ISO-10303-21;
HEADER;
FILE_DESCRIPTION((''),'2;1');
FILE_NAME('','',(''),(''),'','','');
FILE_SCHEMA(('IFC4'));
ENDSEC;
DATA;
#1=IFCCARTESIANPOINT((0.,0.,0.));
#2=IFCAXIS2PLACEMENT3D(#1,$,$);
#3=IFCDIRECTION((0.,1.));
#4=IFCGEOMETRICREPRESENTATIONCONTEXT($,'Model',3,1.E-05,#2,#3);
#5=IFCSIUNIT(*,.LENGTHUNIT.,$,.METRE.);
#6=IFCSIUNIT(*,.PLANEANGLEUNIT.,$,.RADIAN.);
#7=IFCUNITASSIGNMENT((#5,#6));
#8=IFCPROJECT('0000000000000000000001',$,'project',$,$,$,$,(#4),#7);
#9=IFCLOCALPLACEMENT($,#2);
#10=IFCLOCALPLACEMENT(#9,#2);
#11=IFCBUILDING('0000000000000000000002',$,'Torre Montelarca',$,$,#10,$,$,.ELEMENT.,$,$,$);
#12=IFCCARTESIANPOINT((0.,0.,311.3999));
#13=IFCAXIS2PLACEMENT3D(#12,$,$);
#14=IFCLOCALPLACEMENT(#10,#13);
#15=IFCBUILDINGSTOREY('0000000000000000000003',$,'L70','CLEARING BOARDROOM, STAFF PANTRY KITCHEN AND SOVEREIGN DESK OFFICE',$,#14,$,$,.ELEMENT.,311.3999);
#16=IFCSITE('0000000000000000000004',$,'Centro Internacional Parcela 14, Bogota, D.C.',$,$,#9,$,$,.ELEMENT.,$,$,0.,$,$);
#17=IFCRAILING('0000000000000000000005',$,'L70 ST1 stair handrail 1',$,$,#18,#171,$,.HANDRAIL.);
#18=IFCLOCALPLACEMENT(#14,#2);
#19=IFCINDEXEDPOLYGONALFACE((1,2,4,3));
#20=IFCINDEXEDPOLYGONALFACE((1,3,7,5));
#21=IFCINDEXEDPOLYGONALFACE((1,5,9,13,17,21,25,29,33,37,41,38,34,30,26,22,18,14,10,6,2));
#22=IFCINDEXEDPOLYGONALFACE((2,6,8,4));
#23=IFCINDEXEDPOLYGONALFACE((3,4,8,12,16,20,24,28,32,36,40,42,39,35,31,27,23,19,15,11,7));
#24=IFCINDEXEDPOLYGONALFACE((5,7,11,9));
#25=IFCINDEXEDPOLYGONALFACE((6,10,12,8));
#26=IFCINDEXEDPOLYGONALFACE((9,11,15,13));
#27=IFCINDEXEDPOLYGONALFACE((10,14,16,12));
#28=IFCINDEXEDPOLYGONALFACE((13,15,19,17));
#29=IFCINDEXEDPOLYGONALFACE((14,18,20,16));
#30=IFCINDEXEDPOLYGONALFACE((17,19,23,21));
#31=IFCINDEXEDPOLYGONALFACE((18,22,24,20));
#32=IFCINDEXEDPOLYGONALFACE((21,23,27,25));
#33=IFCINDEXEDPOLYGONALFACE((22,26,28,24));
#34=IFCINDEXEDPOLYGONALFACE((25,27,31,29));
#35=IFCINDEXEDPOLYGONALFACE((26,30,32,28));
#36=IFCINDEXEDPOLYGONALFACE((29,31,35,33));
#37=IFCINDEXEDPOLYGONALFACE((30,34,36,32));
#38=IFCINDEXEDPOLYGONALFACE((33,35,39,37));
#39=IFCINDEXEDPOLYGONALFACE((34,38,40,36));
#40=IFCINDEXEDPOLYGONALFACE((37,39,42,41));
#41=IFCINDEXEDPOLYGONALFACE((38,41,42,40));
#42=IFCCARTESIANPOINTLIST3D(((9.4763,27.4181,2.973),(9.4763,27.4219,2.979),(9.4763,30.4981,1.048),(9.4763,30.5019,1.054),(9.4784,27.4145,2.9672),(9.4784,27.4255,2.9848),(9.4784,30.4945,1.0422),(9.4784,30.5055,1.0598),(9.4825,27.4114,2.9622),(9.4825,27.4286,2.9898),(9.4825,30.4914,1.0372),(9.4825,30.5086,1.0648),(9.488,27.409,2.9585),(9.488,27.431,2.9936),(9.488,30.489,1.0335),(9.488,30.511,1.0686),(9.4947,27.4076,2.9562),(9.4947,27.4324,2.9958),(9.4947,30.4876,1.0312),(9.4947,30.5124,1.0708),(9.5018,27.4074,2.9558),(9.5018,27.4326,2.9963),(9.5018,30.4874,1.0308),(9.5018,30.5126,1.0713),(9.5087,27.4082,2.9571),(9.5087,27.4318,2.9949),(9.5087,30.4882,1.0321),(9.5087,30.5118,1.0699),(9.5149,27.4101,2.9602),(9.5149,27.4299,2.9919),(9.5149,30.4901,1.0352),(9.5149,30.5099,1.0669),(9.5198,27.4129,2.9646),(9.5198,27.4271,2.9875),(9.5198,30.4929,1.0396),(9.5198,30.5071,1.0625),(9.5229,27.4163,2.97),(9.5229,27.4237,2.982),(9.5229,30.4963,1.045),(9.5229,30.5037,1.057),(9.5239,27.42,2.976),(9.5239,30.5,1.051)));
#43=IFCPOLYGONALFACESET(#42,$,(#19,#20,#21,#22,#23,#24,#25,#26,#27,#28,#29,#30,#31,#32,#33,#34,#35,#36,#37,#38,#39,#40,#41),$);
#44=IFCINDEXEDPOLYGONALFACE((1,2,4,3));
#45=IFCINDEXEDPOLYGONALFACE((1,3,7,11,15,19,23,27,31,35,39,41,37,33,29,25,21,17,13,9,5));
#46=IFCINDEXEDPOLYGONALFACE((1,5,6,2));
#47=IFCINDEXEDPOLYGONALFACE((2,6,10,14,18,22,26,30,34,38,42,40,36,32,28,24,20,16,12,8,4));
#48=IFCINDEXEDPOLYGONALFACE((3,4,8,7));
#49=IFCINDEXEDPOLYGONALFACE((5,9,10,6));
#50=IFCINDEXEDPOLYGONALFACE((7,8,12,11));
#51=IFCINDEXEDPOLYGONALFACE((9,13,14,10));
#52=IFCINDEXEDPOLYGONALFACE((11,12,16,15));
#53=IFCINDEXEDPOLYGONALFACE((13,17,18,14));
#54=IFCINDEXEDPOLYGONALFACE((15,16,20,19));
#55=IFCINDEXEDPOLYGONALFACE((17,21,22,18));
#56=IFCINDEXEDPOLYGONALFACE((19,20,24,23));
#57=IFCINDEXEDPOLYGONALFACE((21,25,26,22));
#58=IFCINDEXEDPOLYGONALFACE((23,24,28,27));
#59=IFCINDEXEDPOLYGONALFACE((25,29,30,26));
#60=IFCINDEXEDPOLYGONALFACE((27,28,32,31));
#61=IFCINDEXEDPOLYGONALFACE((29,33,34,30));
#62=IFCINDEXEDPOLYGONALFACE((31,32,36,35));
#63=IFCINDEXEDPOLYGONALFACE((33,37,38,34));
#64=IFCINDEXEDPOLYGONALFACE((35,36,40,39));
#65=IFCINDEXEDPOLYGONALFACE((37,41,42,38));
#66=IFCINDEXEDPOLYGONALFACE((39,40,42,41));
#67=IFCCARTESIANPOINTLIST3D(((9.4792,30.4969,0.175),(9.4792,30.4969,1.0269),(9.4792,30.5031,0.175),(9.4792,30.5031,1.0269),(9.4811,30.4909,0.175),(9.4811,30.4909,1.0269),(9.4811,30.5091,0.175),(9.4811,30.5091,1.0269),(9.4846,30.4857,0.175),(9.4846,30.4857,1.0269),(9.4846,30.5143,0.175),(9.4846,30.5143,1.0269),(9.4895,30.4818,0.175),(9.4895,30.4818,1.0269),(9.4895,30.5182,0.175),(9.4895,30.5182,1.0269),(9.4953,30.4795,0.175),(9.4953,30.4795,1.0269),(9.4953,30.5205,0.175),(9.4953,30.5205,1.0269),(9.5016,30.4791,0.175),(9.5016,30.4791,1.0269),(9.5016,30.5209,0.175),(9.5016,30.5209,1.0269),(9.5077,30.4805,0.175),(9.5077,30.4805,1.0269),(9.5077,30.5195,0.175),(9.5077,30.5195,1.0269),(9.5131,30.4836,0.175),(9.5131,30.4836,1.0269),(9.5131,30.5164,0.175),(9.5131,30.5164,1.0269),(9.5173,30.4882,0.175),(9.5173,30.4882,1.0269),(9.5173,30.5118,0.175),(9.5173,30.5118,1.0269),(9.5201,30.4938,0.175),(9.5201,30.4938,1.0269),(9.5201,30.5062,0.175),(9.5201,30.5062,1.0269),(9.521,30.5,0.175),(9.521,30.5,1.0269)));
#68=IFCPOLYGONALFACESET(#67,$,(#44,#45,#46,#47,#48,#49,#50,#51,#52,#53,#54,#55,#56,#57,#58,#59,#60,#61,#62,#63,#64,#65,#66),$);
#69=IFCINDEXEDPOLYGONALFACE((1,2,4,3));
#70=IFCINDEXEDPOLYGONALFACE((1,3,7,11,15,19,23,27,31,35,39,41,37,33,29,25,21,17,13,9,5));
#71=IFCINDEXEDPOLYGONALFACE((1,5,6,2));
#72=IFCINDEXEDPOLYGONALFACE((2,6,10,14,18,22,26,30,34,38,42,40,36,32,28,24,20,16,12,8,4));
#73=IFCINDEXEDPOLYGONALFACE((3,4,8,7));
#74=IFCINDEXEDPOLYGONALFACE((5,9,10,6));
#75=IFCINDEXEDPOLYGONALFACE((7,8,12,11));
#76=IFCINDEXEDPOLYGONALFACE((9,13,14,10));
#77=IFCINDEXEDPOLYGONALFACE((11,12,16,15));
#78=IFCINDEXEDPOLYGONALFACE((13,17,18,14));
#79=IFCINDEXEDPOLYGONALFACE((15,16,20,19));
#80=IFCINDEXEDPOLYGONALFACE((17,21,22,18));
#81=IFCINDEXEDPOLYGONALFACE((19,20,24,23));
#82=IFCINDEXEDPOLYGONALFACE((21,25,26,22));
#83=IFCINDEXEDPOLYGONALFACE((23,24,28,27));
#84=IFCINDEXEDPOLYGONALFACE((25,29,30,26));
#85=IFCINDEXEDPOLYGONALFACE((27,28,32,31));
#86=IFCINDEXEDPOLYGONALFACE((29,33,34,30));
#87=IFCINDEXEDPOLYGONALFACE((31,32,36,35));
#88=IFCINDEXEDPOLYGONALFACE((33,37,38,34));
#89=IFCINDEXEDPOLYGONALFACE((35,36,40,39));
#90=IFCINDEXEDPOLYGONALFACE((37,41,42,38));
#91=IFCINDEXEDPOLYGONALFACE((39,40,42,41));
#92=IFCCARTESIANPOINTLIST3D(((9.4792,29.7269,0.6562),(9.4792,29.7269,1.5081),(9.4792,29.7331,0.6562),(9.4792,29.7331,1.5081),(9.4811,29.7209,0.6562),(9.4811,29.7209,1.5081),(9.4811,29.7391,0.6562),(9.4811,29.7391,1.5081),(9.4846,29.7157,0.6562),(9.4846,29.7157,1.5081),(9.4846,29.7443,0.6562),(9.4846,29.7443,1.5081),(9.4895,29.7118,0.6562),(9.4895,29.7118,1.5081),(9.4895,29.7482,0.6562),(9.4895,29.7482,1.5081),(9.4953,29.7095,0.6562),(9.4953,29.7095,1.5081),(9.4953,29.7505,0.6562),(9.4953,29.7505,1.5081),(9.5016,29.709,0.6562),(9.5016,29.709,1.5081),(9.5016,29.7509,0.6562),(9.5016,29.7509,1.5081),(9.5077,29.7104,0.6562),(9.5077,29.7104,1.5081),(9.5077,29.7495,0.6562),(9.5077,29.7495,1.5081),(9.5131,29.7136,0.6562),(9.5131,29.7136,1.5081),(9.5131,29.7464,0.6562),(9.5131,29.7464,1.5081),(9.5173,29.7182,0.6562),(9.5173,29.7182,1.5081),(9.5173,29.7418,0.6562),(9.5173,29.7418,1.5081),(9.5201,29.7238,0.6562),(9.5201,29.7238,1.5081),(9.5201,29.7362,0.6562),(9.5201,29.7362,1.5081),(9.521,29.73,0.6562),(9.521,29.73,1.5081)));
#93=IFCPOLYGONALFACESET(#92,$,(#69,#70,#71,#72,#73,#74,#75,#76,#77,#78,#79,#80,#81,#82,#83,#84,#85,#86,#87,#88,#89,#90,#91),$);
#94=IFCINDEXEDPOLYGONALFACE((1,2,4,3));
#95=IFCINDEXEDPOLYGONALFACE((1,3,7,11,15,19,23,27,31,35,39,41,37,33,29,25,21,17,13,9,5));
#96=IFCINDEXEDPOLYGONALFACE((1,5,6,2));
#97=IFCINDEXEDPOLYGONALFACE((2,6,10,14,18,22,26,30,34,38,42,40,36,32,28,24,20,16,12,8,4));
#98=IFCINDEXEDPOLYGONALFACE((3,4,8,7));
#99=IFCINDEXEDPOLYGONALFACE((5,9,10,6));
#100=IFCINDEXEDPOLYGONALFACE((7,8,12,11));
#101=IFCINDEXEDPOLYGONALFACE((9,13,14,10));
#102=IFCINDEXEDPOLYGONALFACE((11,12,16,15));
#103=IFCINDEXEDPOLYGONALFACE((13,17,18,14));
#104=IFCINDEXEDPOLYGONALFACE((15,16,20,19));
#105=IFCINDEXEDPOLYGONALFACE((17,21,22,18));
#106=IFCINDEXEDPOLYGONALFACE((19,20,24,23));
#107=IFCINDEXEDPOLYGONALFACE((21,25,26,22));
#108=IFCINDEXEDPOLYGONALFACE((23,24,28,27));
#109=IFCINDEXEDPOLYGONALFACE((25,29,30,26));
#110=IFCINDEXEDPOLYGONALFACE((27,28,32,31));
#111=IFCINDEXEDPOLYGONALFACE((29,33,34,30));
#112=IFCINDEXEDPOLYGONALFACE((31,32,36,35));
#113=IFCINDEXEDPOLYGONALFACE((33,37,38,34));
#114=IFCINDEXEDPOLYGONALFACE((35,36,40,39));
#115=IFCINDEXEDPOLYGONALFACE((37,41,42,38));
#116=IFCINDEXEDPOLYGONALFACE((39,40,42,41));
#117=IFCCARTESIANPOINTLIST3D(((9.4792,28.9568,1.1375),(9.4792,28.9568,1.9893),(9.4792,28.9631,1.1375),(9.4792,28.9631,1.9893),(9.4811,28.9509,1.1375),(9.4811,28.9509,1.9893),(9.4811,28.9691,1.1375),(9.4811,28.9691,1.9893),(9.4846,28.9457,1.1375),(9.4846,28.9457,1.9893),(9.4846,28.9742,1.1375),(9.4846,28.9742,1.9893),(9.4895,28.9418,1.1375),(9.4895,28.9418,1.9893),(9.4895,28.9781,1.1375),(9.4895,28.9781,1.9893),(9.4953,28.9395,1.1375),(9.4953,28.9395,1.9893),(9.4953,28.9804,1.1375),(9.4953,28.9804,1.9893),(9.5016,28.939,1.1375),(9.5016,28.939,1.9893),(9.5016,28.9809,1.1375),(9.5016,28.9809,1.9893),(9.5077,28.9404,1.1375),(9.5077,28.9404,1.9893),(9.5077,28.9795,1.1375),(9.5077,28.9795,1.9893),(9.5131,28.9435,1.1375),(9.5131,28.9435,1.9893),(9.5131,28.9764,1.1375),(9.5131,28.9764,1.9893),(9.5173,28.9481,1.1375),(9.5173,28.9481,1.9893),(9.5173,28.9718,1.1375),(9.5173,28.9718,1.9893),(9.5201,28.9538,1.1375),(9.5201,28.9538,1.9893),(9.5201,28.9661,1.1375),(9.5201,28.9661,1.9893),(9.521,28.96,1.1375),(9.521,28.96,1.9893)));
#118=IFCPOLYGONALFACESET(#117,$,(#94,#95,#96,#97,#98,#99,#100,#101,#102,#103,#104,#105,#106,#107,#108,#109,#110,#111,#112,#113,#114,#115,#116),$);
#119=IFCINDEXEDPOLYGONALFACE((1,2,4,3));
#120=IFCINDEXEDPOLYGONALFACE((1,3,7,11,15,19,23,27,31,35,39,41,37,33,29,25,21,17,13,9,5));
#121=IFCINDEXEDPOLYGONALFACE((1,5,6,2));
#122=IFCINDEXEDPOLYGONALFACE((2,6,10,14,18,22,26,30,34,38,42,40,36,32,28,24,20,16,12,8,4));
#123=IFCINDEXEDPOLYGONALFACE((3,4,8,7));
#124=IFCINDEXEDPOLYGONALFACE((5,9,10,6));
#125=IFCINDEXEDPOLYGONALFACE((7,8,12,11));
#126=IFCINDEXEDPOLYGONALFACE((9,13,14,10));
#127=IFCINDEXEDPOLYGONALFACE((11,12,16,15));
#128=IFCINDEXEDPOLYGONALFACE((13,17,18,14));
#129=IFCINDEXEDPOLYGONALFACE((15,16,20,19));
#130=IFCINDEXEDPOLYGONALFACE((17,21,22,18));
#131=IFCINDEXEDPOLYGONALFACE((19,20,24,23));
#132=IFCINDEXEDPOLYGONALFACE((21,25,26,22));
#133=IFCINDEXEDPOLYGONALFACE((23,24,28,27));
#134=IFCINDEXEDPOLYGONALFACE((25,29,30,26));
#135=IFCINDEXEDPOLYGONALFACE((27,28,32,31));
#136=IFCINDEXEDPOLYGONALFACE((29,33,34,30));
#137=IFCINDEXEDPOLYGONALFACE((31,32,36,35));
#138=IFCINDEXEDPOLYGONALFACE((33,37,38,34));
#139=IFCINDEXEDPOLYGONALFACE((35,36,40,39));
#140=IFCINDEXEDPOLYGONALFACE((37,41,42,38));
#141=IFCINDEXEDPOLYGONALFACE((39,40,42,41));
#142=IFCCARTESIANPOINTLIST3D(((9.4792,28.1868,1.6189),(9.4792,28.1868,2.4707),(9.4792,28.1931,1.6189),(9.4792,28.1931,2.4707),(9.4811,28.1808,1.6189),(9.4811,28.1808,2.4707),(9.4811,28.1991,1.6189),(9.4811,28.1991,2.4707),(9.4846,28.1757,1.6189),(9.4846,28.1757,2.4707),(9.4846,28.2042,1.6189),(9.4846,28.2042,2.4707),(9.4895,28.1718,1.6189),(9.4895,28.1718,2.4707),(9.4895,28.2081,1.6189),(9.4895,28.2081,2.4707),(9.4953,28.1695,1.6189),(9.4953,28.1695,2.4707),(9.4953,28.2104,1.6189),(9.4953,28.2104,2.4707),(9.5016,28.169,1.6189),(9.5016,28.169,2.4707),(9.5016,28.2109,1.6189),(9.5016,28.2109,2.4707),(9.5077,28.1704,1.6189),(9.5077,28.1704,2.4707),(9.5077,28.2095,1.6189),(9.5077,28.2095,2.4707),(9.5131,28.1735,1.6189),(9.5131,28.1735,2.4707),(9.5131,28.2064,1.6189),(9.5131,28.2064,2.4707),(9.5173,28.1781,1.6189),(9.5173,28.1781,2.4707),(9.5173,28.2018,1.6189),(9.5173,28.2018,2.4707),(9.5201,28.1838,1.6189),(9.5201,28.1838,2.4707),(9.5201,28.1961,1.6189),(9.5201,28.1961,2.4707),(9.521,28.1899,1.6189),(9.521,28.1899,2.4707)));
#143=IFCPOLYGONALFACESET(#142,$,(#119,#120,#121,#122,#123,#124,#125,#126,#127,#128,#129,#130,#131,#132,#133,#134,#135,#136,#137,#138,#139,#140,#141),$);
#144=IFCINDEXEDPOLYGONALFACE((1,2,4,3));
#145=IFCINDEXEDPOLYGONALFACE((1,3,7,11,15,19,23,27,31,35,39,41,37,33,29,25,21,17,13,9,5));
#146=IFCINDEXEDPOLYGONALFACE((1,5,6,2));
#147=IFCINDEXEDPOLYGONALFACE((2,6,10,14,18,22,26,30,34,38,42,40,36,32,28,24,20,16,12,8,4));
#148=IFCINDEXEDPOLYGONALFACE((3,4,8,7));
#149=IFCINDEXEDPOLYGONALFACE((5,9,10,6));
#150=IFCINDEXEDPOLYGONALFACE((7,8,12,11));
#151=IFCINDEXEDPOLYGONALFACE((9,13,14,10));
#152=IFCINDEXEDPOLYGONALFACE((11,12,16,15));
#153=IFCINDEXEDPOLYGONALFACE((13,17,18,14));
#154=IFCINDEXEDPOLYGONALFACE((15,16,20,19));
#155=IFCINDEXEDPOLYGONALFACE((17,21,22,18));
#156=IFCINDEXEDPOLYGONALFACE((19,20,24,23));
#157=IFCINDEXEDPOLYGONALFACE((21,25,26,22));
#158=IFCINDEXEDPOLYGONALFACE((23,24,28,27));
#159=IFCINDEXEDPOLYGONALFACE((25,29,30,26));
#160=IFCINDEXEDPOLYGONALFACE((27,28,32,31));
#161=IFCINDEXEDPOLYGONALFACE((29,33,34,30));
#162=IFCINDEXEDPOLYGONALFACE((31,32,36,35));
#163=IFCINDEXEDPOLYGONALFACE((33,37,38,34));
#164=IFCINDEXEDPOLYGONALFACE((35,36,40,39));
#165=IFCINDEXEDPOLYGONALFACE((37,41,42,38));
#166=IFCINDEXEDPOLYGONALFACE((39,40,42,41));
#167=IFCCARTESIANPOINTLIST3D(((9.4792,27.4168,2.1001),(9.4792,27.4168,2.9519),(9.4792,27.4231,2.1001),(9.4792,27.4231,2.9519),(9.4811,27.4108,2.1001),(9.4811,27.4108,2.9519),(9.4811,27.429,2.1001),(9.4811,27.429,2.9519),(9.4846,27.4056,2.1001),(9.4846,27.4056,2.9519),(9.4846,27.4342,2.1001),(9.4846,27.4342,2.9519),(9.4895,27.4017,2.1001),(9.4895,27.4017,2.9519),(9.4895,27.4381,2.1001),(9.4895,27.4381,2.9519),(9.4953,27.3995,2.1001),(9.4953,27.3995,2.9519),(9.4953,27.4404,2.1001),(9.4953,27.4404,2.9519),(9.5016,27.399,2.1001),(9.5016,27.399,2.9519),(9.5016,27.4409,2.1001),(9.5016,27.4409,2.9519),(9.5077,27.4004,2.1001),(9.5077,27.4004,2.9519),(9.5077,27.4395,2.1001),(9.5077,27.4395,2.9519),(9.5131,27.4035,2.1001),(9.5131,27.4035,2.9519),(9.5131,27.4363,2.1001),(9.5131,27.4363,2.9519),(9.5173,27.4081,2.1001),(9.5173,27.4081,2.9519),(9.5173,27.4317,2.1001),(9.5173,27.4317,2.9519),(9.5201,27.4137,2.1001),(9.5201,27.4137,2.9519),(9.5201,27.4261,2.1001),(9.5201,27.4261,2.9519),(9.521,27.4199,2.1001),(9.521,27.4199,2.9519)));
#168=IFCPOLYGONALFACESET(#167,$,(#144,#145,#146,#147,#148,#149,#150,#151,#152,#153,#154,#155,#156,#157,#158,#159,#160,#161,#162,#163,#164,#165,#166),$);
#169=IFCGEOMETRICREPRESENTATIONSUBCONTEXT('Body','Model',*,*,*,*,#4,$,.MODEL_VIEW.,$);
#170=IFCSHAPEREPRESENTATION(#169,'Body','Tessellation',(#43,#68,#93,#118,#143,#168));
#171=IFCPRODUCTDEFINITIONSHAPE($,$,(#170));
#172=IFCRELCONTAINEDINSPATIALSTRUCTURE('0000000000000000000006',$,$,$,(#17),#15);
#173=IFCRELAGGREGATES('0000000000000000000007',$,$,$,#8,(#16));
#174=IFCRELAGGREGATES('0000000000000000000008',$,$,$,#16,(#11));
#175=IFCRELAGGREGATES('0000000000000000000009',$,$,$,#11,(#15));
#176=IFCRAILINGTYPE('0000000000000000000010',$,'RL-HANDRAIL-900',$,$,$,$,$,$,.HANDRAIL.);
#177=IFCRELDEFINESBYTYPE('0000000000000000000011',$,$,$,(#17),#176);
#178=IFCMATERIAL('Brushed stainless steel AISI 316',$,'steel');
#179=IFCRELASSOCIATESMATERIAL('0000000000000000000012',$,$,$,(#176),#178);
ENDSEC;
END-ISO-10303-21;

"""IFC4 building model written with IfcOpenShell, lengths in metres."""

from ifc_helpers import new_model, si_unit, direction, frame, origin, origin_2d, place, context, subcontext, project, spatial, circle, extrude, material, type_object, element, save


model = new_model("IFC4")

# Units and contexts
model_context = context("Model", 3, precision=1e-05, world=origin(), true_north=direction((0.0, 1.0)))
body_context = subcontext(model_context, "Body", "Model", "MODEL_VIEW")
ifc_project = project(units=[si_unit("LENGTHUNIT", "METRE"), si_unit("PLANEANGLEUNIT", "RADIAN")], contexts=[model_context])

# Site, building, storey
site_placement = place(None, origin())
site = spatial("IfcSite", under=ifc_project, at=site_placement, Name="Centro Internacional Parcela 14, Bogota, D.C.", CompositionType="ELEMENT", RefElevation=0.0)
building_placement = place(site_placement, origin())
building = spatial("IfcBuilding", under=site, at=building_placement, Name="Torre Montelarca", CompositionType="ELEMENT")
storey_placement = place(building_placement, frame((0.0, 0.0, 311.3999)))
storey = spatial("IfcBuildingStorey", under=building, at=storey_placement, Name="L70", Description="CLEARING BOARDROOM, STAFF PANTRY KITCHEN AND SOVEREIGN DESK OFFICE", CompositionType="ELEMENT", Elevation=311.3999)

# Railing
ifc_material_1 = material(Name="Brushed stainless steel AISI 316", Category="steel")
railing_type_1 = type_object("IfcRailingType", Name="RL-HANDRAIL-900", PredefinedType="HANDRAIL", material=ifc_material_1)
railing_1_placement = place(storey_placement, frame((9.5, 30.5, 0.175)))
element("IfcRailing", 1, at=railing_1_placement, inside=storey, type_object=railing_type_1, Name="L70 ST1 stair handrail 1", PredefinedType="HANDRAIL", context=body_context, shape_type="SweptSolid", body=[
    extrude(circle(Radius=0.0239, at=origin_2d()), frame((0.0, 0.0, 0.876), z_axis=(0.0, -0.847998, 0.529999), x_axis=(1.0, 0.0, 0.0)), (0.0, 0.0, 1.0), 3.6321),
    extrude(circle(Radius=0.021, at=origin_2d()), origin(), (0.0, 0.0, 1.0), 0.8518),
    extrude(circle(Radius=0.021, at=origin_2d()), frame((0.0, -0.77, 0.4812)), (0.0, 0.0, 1.0), 0.8518),
    extrude(circle(Radius=0.021, at=origin_2d()), frame((0.0, -1.54, 0.9624)), (0.0, 0.0, 1.0), 0.8518),
    extrude(circle(Radius=0.021, at=origin_2d()), frame((0.0, -2.3101, 1.4438)), (0.0, 0.0, 1.0), 0.8518),
    extrude(circle(Radius=0.021, at=origin_2d()), frame((0.0, -3.0801, 1.925)), (0.0, 0.0, 1.0), 0.8518),
])

save(model, "model.ifc")
